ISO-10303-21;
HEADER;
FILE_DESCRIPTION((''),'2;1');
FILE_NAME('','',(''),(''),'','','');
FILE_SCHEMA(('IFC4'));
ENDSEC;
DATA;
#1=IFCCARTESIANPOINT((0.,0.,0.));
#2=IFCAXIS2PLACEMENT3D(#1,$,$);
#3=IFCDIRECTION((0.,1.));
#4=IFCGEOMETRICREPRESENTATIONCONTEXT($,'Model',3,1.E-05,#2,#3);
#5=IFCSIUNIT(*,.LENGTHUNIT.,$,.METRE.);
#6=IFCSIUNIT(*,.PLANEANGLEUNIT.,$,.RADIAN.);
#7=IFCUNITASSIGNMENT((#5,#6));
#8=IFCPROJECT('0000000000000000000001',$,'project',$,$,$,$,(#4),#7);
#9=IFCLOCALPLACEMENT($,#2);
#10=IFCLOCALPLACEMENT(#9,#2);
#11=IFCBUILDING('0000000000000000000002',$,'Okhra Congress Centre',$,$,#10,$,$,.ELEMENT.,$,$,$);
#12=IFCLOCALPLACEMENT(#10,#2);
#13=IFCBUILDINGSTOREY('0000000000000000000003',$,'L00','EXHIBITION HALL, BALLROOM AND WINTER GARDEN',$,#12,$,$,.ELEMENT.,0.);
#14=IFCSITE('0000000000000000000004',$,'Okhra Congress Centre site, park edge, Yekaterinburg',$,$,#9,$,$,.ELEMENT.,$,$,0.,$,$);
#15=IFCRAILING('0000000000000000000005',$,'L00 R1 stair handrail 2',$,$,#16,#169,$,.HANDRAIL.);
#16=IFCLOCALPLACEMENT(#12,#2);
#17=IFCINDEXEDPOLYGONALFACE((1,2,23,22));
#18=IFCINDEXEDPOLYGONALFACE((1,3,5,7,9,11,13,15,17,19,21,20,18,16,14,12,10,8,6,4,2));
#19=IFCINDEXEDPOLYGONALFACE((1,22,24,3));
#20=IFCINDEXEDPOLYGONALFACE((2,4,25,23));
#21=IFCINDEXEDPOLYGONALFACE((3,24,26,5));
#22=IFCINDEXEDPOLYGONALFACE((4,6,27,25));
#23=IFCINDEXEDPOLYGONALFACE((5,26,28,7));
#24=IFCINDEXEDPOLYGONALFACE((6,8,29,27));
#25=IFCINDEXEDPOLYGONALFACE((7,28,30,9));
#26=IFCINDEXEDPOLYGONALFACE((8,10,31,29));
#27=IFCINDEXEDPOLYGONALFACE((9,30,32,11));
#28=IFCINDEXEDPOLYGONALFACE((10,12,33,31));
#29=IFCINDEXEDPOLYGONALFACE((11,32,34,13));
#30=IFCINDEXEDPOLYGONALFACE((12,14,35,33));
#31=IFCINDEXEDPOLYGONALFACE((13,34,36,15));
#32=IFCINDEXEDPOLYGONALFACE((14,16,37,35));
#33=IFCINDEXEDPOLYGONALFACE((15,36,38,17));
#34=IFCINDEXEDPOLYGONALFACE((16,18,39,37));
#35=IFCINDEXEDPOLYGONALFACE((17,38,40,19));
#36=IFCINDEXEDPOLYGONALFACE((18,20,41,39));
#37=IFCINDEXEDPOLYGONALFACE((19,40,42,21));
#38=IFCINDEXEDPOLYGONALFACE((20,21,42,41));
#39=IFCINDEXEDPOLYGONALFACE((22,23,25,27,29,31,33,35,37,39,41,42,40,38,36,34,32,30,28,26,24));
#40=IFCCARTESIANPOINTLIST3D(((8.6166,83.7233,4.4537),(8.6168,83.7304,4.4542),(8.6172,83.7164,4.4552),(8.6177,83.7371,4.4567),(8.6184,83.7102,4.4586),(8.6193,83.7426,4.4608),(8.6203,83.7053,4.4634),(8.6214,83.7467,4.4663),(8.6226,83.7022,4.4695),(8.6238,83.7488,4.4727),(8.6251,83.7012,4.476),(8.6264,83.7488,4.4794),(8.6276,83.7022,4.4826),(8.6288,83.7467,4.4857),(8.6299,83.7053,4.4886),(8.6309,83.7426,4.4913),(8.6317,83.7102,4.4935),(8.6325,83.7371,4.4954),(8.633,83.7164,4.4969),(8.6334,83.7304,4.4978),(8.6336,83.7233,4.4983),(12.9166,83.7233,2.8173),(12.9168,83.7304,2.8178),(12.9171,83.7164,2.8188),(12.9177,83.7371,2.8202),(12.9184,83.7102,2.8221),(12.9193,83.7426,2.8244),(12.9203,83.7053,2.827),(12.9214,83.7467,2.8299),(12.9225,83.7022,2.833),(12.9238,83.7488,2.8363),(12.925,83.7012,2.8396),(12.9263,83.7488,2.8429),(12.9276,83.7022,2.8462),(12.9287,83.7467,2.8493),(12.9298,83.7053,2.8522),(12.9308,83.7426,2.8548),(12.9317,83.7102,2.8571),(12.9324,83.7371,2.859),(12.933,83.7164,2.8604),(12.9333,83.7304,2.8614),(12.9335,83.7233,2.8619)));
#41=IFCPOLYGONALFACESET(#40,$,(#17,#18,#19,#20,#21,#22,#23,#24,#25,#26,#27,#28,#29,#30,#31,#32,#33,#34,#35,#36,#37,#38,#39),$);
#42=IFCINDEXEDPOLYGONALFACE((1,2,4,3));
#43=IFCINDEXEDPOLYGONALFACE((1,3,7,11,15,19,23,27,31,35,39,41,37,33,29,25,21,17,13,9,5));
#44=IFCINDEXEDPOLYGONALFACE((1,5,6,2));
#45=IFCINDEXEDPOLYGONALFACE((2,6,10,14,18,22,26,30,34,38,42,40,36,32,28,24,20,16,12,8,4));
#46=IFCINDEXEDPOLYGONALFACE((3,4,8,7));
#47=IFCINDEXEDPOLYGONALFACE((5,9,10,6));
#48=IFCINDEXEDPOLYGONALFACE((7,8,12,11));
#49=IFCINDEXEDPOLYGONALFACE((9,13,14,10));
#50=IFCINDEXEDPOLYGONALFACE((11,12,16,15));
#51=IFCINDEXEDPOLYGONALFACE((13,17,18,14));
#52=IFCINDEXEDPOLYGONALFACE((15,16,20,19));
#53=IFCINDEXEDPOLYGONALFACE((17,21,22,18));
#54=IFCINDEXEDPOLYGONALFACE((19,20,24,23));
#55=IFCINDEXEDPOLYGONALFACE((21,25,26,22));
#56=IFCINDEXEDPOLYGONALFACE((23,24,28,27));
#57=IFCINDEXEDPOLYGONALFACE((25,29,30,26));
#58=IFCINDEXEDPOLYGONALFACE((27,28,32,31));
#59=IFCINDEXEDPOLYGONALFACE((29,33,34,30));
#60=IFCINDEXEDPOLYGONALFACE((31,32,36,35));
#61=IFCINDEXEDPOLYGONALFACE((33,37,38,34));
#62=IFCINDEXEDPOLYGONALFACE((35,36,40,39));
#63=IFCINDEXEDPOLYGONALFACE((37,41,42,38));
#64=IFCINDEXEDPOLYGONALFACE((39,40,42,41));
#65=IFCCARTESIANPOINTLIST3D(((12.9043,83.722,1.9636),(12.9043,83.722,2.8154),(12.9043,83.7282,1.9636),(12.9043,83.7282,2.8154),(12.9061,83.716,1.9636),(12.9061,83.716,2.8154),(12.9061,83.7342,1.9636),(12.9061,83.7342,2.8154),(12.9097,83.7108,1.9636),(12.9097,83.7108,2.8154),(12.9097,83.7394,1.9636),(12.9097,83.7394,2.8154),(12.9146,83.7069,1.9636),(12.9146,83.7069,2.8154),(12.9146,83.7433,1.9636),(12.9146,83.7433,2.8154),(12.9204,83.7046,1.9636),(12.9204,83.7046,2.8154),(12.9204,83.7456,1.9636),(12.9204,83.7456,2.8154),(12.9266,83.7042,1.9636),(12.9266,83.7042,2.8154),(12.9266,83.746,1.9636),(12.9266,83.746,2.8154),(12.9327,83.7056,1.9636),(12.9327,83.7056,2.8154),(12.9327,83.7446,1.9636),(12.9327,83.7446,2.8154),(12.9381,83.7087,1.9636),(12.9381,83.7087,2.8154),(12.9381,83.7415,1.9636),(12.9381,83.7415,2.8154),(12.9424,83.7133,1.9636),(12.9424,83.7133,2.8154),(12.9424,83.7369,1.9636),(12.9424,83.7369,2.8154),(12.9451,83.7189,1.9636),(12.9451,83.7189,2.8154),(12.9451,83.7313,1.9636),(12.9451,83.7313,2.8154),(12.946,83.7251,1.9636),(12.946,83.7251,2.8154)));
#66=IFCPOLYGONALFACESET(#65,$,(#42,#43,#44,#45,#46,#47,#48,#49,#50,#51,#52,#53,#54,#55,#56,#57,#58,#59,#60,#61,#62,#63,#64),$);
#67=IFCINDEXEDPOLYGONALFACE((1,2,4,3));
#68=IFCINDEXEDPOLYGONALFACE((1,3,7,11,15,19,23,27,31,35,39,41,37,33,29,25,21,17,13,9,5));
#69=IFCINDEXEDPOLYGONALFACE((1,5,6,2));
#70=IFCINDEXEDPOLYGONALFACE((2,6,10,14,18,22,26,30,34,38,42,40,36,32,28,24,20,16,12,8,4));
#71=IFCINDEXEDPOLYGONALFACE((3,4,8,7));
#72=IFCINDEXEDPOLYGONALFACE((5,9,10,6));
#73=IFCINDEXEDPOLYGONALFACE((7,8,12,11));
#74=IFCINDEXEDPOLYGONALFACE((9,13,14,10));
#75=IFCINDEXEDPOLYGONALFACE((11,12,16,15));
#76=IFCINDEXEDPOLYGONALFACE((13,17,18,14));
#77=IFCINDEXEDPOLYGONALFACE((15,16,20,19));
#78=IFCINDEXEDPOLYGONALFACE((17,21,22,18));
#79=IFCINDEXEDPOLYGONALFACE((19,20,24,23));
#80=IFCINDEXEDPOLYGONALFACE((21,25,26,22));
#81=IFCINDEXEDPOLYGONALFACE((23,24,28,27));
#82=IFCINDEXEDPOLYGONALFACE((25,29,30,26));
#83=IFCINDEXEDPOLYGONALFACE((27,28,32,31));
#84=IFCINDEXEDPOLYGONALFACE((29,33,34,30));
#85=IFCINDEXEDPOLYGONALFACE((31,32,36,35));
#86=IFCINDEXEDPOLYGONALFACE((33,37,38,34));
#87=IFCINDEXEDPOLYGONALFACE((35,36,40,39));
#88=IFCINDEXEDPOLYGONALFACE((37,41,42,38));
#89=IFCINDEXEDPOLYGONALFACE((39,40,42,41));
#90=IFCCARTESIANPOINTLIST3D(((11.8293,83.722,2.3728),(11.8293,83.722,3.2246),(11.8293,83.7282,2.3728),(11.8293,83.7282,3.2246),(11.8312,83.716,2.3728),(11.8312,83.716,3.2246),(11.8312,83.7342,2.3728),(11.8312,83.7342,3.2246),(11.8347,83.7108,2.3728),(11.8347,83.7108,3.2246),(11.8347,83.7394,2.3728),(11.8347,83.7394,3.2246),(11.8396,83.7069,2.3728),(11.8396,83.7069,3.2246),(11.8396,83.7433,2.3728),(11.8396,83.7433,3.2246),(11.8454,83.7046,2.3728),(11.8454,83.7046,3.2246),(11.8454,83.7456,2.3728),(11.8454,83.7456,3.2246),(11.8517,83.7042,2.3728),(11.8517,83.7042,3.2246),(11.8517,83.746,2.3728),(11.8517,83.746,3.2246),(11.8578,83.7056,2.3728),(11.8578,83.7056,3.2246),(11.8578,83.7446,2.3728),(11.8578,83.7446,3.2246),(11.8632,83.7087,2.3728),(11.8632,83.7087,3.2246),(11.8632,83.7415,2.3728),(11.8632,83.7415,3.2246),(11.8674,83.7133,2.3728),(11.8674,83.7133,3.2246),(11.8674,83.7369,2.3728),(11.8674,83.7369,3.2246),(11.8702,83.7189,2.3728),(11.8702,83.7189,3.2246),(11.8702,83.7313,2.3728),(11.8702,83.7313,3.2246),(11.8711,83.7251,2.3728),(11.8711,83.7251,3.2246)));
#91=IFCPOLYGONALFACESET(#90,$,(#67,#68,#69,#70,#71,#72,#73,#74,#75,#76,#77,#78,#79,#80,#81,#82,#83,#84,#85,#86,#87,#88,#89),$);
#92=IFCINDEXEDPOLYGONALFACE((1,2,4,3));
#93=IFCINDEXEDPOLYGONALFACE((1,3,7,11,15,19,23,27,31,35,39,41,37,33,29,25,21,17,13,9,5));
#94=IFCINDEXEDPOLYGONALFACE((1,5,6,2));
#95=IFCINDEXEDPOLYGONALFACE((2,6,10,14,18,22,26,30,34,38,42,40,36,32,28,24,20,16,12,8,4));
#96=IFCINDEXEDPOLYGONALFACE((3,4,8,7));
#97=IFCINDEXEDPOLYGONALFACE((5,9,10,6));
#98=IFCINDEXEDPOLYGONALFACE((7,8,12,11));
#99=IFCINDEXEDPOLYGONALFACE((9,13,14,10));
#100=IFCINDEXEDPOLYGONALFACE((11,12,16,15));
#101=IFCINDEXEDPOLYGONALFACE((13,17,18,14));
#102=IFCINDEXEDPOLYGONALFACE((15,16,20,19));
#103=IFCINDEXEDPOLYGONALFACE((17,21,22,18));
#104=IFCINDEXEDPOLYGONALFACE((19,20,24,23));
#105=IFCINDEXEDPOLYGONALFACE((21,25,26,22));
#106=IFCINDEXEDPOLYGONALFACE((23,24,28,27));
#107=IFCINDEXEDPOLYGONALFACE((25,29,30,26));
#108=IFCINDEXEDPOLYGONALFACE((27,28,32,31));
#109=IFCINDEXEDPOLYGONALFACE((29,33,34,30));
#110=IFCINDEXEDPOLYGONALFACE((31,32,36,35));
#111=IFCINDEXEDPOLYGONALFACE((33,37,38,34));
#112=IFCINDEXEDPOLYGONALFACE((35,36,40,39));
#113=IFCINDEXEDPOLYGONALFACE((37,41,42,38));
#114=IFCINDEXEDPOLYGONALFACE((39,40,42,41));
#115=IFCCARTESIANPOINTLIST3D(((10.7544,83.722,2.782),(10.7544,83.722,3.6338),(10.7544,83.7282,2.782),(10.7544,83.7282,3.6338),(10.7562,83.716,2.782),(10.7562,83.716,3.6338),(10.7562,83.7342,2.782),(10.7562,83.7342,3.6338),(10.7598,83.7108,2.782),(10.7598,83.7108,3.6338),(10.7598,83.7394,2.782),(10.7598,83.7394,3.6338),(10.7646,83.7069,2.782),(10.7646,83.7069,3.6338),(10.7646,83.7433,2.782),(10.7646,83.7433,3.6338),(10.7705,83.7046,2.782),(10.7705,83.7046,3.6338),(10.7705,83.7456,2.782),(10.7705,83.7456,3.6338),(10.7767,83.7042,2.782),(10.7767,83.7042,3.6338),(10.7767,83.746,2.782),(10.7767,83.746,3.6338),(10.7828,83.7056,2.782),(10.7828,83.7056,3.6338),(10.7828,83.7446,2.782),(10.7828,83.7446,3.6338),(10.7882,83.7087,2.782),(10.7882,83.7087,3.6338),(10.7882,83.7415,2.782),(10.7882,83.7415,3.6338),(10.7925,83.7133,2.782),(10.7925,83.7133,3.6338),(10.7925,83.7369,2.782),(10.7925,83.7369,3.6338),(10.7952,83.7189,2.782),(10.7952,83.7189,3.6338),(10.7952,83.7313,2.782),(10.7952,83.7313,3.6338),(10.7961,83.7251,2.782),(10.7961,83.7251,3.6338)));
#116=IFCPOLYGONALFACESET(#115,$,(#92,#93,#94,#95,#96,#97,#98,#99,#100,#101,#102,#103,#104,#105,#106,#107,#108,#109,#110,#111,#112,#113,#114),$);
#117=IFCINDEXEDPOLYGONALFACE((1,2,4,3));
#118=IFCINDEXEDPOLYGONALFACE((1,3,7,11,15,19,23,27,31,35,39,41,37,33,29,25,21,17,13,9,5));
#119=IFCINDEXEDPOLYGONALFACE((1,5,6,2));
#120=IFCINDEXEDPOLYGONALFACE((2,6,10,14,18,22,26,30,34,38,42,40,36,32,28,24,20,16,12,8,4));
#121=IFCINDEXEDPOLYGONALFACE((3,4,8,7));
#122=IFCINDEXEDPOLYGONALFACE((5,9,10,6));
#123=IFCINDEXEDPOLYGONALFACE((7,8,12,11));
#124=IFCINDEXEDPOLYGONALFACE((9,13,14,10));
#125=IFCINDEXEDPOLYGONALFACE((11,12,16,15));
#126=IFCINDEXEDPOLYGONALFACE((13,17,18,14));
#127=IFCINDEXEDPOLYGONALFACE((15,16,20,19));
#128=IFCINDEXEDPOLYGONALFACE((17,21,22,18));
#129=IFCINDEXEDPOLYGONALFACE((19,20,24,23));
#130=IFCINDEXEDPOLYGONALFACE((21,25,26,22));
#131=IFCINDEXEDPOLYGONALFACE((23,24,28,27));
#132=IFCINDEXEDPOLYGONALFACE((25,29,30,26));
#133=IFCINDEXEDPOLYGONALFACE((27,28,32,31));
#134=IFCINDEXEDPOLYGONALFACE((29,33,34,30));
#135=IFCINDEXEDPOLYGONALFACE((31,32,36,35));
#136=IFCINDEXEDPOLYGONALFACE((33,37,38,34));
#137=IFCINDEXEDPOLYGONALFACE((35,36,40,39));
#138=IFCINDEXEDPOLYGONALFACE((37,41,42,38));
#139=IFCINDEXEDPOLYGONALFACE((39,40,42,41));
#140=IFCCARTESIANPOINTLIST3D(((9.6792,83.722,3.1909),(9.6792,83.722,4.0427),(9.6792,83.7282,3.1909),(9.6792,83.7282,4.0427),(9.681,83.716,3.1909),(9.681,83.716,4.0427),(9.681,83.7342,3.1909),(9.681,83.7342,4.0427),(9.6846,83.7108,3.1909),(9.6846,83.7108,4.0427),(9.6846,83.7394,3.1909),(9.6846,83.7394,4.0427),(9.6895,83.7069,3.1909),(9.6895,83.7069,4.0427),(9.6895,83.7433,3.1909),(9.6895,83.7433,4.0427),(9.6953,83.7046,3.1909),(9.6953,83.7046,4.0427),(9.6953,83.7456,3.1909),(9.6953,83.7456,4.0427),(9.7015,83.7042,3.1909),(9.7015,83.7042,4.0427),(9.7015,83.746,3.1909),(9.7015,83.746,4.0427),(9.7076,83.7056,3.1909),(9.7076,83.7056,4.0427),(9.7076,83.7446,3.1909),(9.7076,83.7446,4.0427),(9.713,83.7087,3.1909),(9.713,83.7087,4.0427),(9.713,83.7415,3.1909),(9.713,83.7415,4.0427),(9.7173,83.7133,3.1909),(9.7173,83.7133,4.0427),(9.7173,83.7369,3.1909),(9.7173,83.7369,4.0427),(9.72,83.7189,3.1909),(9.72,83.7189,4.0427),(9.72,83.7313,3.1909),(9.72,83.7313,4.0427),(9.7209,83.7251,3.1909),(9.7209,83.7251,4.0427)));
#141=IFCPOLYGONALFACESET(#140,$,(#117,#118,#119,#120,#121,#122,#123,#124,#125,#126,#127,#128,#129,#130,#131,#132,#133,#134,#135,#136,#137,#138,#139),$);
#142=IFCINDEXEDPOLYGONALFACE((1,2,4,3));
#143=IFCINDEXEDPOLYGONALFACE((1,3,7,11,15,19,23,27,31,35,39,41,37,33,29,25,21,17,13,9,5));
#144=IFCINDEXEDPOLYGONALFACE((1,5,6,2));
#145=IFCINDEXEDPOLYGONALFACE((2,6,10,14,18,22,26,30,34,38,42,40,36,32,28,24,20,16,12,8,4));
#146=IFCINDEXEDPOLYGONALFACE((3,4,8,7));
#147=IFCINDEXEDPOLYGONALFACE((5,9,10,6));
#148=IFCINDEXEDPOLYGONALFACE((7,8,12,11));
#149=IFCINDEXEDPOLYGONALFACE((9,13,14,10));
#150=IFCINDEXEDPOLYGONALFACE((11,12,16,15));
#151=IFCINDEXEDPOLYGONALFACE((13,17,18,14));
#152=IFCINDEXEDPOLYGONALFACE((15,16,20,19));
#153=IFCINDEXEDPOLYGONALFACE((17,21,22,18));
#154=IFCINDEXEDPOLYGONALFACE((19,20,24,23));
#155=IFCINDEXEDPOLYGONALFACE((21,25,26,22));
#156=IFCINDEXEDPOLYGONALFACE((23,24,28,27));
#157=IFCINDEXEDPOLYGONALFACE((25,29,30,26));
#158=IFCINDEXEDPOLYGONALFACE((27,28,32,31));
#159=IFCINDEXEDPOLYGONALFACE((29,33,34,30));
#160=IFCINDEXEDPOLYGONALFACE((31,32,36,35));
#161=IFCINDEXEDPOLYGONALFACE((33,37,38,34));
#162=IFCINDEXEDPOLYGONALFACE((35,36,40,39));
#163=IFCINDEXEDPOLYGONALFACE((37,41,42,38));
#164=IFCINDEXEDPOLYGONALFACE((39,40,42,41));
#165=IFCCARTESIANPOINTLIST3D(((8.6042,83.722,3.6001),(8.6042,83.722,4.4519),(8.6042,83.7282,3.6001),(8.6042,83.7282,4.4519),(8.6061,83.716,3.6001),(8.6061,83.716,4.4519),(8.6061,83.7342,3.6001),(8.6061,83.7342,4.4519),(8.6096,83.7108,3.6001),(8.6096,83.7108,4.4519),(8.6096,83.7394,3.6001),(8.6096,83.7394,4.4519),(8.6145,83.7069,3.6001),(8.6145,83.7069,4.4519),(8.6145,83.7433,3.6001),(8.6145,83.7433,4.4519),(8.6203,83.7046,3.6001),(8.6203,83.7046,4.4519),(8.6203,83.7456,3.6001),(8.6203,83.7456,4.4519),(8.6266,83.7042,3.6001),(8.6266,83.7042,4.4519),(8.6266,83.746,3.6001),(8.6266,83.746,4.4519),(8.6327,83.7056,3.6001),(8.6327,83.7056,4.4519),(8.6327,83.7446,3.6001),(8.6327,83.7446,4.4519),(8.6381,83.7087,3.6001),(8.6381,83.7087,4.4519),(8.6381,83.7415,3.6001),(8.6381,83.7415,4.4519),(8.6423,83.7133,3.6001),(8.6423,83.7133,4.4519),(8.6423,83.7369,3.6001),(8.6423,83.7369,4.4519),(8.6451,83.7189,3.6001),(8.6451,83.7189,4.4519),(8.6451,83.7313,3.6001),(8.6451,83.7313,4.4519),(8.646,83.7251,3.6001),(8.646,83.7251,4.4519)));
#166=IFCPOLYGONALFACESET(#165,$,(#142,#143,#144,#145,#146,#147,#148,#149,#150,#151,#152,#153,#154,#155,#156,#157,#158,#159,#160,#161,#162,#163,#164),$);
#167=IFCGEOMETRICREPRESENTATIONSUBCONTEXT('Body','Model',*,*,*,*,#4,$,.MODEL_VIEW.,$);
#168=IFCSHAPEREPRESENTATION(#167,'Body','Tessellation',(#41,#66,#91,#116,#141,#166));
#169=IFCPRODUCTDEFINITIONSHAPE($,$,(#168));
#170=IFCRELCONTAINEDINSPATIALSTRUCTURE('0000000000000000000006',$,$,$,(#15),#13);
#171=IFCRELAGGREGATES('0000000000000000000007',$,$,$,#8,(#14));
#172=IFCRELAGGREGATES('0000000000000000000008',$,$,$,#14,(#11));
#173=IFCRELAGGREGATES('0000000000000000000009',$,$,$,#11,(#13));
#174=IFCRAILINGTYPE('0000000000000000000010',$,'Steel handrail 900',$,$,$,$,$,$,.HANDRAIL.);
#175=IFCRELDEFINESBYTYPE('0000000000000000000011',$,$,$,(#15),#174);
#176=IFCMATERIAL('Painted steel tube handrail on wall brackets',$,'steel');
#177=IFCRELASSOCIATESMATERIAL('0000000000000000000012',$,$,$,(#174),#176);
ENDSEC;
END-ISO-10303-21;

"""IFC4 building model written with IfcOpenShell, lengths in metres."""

from ifc_helpers import new_model, si_unit, direction, frame, origin, origin_2d, place, context, subcontext, project, spatial, circle, extrude, material, type_object, element, save


model = new_model("IFC4")

# Units and contexts
model_context = context("Model", 3, precision=1e-05, world=origin(), true_north=direction((0.0, 1.0)))
body_context = subcontext(model_context, "Body", "Model", "MODEL_VIEW")
ifc_project = project(units=[si_unit("LENGTHUNIT", "METRE"), si_unit("PLANEANGLEUNIT", "RADIAN")], contexts=[model_context])

# Site, building, storey
site_placement = place(None, origin())
site = spatial("IfcSite", under=ifc_project, at=site_placement, Name="Okhra Congress Centre site, park edge, Yekaterinburg", CompositionType="ELEMENT", RefElevation=0.0)
building_placement = place(site_placement, origin())
building = spatial("IfcBuilding", under=site, at=building_placement, Name="Okhra Congress Centre", CompositionType="ELEMENT")
storey_placement = place(building_placement, origin())
storey = spatial("IfcBuildingStorey", under=building, at=storey_placement, Name="L00", Description="EXHIBITION HALL, BALLROOM AND WINTER GARDEN", CompositionType="ELEMENT", Elevation=0.0)

# Railing
ifc_material_1 = material(Name="Painted steel tube handrail on wall brackets", Category="steel")
railing_type_1 = type_object("IfcRailingType", Name="Steel handrail 900", PredefinedType="HANDRAIL", material=ifc_material_1)
railing_1_placement = place(storey_placement, frame((12.925, 83.7251, 1.9636)))
element("IfcRailing", 1, at=railing_1_placement, inside=storey, type_object=railing_type_1, Name="L00 R1 stair handrail 2", PredefinedType="HANDRAIL", context=body_context, shape_type="SweptSolid", body=[
    extrude(circle(Radius=0.0239, at=origin_2d()), frame((0.0, 0.0, 0.876), z_axis=(-0.934606, 0.0, 0.355684), x_axis=(0.0, -1.0, 0.0)), (0.0, 0.0, 1.0), 4.6008),
    extrude(circle(Radius=0.021, at=origin_2d()), origin(), (0.0, 0.0, 1.0), 0.8518),
    extrude(circle(Radius=0.021, at=origin_2d()), frame((-1.075, 0.0, 0.4092)), (0.0, 0.0, 1.0), 0.8518),
    extrude(circle(Radius=0.021, at=origin_2d()), frame((-2.1499, 0.0, 0.8184)), (0.0, 0.0, 1.0), 0.8518),
    extrude(circle(Radius=0.021, at=origin_2d()), frame((-3.2251, 0.0, 1.2273)), (0.0, 0.0, 1.0), 0.8518),
    extrude(circle(Radius=0.021, at=origin_2d()), frame((-4.3, 0.0, 1.6365)), (0.0, 0.0, 1.0), 0.8518),
])

save(model, "model.ifc")
